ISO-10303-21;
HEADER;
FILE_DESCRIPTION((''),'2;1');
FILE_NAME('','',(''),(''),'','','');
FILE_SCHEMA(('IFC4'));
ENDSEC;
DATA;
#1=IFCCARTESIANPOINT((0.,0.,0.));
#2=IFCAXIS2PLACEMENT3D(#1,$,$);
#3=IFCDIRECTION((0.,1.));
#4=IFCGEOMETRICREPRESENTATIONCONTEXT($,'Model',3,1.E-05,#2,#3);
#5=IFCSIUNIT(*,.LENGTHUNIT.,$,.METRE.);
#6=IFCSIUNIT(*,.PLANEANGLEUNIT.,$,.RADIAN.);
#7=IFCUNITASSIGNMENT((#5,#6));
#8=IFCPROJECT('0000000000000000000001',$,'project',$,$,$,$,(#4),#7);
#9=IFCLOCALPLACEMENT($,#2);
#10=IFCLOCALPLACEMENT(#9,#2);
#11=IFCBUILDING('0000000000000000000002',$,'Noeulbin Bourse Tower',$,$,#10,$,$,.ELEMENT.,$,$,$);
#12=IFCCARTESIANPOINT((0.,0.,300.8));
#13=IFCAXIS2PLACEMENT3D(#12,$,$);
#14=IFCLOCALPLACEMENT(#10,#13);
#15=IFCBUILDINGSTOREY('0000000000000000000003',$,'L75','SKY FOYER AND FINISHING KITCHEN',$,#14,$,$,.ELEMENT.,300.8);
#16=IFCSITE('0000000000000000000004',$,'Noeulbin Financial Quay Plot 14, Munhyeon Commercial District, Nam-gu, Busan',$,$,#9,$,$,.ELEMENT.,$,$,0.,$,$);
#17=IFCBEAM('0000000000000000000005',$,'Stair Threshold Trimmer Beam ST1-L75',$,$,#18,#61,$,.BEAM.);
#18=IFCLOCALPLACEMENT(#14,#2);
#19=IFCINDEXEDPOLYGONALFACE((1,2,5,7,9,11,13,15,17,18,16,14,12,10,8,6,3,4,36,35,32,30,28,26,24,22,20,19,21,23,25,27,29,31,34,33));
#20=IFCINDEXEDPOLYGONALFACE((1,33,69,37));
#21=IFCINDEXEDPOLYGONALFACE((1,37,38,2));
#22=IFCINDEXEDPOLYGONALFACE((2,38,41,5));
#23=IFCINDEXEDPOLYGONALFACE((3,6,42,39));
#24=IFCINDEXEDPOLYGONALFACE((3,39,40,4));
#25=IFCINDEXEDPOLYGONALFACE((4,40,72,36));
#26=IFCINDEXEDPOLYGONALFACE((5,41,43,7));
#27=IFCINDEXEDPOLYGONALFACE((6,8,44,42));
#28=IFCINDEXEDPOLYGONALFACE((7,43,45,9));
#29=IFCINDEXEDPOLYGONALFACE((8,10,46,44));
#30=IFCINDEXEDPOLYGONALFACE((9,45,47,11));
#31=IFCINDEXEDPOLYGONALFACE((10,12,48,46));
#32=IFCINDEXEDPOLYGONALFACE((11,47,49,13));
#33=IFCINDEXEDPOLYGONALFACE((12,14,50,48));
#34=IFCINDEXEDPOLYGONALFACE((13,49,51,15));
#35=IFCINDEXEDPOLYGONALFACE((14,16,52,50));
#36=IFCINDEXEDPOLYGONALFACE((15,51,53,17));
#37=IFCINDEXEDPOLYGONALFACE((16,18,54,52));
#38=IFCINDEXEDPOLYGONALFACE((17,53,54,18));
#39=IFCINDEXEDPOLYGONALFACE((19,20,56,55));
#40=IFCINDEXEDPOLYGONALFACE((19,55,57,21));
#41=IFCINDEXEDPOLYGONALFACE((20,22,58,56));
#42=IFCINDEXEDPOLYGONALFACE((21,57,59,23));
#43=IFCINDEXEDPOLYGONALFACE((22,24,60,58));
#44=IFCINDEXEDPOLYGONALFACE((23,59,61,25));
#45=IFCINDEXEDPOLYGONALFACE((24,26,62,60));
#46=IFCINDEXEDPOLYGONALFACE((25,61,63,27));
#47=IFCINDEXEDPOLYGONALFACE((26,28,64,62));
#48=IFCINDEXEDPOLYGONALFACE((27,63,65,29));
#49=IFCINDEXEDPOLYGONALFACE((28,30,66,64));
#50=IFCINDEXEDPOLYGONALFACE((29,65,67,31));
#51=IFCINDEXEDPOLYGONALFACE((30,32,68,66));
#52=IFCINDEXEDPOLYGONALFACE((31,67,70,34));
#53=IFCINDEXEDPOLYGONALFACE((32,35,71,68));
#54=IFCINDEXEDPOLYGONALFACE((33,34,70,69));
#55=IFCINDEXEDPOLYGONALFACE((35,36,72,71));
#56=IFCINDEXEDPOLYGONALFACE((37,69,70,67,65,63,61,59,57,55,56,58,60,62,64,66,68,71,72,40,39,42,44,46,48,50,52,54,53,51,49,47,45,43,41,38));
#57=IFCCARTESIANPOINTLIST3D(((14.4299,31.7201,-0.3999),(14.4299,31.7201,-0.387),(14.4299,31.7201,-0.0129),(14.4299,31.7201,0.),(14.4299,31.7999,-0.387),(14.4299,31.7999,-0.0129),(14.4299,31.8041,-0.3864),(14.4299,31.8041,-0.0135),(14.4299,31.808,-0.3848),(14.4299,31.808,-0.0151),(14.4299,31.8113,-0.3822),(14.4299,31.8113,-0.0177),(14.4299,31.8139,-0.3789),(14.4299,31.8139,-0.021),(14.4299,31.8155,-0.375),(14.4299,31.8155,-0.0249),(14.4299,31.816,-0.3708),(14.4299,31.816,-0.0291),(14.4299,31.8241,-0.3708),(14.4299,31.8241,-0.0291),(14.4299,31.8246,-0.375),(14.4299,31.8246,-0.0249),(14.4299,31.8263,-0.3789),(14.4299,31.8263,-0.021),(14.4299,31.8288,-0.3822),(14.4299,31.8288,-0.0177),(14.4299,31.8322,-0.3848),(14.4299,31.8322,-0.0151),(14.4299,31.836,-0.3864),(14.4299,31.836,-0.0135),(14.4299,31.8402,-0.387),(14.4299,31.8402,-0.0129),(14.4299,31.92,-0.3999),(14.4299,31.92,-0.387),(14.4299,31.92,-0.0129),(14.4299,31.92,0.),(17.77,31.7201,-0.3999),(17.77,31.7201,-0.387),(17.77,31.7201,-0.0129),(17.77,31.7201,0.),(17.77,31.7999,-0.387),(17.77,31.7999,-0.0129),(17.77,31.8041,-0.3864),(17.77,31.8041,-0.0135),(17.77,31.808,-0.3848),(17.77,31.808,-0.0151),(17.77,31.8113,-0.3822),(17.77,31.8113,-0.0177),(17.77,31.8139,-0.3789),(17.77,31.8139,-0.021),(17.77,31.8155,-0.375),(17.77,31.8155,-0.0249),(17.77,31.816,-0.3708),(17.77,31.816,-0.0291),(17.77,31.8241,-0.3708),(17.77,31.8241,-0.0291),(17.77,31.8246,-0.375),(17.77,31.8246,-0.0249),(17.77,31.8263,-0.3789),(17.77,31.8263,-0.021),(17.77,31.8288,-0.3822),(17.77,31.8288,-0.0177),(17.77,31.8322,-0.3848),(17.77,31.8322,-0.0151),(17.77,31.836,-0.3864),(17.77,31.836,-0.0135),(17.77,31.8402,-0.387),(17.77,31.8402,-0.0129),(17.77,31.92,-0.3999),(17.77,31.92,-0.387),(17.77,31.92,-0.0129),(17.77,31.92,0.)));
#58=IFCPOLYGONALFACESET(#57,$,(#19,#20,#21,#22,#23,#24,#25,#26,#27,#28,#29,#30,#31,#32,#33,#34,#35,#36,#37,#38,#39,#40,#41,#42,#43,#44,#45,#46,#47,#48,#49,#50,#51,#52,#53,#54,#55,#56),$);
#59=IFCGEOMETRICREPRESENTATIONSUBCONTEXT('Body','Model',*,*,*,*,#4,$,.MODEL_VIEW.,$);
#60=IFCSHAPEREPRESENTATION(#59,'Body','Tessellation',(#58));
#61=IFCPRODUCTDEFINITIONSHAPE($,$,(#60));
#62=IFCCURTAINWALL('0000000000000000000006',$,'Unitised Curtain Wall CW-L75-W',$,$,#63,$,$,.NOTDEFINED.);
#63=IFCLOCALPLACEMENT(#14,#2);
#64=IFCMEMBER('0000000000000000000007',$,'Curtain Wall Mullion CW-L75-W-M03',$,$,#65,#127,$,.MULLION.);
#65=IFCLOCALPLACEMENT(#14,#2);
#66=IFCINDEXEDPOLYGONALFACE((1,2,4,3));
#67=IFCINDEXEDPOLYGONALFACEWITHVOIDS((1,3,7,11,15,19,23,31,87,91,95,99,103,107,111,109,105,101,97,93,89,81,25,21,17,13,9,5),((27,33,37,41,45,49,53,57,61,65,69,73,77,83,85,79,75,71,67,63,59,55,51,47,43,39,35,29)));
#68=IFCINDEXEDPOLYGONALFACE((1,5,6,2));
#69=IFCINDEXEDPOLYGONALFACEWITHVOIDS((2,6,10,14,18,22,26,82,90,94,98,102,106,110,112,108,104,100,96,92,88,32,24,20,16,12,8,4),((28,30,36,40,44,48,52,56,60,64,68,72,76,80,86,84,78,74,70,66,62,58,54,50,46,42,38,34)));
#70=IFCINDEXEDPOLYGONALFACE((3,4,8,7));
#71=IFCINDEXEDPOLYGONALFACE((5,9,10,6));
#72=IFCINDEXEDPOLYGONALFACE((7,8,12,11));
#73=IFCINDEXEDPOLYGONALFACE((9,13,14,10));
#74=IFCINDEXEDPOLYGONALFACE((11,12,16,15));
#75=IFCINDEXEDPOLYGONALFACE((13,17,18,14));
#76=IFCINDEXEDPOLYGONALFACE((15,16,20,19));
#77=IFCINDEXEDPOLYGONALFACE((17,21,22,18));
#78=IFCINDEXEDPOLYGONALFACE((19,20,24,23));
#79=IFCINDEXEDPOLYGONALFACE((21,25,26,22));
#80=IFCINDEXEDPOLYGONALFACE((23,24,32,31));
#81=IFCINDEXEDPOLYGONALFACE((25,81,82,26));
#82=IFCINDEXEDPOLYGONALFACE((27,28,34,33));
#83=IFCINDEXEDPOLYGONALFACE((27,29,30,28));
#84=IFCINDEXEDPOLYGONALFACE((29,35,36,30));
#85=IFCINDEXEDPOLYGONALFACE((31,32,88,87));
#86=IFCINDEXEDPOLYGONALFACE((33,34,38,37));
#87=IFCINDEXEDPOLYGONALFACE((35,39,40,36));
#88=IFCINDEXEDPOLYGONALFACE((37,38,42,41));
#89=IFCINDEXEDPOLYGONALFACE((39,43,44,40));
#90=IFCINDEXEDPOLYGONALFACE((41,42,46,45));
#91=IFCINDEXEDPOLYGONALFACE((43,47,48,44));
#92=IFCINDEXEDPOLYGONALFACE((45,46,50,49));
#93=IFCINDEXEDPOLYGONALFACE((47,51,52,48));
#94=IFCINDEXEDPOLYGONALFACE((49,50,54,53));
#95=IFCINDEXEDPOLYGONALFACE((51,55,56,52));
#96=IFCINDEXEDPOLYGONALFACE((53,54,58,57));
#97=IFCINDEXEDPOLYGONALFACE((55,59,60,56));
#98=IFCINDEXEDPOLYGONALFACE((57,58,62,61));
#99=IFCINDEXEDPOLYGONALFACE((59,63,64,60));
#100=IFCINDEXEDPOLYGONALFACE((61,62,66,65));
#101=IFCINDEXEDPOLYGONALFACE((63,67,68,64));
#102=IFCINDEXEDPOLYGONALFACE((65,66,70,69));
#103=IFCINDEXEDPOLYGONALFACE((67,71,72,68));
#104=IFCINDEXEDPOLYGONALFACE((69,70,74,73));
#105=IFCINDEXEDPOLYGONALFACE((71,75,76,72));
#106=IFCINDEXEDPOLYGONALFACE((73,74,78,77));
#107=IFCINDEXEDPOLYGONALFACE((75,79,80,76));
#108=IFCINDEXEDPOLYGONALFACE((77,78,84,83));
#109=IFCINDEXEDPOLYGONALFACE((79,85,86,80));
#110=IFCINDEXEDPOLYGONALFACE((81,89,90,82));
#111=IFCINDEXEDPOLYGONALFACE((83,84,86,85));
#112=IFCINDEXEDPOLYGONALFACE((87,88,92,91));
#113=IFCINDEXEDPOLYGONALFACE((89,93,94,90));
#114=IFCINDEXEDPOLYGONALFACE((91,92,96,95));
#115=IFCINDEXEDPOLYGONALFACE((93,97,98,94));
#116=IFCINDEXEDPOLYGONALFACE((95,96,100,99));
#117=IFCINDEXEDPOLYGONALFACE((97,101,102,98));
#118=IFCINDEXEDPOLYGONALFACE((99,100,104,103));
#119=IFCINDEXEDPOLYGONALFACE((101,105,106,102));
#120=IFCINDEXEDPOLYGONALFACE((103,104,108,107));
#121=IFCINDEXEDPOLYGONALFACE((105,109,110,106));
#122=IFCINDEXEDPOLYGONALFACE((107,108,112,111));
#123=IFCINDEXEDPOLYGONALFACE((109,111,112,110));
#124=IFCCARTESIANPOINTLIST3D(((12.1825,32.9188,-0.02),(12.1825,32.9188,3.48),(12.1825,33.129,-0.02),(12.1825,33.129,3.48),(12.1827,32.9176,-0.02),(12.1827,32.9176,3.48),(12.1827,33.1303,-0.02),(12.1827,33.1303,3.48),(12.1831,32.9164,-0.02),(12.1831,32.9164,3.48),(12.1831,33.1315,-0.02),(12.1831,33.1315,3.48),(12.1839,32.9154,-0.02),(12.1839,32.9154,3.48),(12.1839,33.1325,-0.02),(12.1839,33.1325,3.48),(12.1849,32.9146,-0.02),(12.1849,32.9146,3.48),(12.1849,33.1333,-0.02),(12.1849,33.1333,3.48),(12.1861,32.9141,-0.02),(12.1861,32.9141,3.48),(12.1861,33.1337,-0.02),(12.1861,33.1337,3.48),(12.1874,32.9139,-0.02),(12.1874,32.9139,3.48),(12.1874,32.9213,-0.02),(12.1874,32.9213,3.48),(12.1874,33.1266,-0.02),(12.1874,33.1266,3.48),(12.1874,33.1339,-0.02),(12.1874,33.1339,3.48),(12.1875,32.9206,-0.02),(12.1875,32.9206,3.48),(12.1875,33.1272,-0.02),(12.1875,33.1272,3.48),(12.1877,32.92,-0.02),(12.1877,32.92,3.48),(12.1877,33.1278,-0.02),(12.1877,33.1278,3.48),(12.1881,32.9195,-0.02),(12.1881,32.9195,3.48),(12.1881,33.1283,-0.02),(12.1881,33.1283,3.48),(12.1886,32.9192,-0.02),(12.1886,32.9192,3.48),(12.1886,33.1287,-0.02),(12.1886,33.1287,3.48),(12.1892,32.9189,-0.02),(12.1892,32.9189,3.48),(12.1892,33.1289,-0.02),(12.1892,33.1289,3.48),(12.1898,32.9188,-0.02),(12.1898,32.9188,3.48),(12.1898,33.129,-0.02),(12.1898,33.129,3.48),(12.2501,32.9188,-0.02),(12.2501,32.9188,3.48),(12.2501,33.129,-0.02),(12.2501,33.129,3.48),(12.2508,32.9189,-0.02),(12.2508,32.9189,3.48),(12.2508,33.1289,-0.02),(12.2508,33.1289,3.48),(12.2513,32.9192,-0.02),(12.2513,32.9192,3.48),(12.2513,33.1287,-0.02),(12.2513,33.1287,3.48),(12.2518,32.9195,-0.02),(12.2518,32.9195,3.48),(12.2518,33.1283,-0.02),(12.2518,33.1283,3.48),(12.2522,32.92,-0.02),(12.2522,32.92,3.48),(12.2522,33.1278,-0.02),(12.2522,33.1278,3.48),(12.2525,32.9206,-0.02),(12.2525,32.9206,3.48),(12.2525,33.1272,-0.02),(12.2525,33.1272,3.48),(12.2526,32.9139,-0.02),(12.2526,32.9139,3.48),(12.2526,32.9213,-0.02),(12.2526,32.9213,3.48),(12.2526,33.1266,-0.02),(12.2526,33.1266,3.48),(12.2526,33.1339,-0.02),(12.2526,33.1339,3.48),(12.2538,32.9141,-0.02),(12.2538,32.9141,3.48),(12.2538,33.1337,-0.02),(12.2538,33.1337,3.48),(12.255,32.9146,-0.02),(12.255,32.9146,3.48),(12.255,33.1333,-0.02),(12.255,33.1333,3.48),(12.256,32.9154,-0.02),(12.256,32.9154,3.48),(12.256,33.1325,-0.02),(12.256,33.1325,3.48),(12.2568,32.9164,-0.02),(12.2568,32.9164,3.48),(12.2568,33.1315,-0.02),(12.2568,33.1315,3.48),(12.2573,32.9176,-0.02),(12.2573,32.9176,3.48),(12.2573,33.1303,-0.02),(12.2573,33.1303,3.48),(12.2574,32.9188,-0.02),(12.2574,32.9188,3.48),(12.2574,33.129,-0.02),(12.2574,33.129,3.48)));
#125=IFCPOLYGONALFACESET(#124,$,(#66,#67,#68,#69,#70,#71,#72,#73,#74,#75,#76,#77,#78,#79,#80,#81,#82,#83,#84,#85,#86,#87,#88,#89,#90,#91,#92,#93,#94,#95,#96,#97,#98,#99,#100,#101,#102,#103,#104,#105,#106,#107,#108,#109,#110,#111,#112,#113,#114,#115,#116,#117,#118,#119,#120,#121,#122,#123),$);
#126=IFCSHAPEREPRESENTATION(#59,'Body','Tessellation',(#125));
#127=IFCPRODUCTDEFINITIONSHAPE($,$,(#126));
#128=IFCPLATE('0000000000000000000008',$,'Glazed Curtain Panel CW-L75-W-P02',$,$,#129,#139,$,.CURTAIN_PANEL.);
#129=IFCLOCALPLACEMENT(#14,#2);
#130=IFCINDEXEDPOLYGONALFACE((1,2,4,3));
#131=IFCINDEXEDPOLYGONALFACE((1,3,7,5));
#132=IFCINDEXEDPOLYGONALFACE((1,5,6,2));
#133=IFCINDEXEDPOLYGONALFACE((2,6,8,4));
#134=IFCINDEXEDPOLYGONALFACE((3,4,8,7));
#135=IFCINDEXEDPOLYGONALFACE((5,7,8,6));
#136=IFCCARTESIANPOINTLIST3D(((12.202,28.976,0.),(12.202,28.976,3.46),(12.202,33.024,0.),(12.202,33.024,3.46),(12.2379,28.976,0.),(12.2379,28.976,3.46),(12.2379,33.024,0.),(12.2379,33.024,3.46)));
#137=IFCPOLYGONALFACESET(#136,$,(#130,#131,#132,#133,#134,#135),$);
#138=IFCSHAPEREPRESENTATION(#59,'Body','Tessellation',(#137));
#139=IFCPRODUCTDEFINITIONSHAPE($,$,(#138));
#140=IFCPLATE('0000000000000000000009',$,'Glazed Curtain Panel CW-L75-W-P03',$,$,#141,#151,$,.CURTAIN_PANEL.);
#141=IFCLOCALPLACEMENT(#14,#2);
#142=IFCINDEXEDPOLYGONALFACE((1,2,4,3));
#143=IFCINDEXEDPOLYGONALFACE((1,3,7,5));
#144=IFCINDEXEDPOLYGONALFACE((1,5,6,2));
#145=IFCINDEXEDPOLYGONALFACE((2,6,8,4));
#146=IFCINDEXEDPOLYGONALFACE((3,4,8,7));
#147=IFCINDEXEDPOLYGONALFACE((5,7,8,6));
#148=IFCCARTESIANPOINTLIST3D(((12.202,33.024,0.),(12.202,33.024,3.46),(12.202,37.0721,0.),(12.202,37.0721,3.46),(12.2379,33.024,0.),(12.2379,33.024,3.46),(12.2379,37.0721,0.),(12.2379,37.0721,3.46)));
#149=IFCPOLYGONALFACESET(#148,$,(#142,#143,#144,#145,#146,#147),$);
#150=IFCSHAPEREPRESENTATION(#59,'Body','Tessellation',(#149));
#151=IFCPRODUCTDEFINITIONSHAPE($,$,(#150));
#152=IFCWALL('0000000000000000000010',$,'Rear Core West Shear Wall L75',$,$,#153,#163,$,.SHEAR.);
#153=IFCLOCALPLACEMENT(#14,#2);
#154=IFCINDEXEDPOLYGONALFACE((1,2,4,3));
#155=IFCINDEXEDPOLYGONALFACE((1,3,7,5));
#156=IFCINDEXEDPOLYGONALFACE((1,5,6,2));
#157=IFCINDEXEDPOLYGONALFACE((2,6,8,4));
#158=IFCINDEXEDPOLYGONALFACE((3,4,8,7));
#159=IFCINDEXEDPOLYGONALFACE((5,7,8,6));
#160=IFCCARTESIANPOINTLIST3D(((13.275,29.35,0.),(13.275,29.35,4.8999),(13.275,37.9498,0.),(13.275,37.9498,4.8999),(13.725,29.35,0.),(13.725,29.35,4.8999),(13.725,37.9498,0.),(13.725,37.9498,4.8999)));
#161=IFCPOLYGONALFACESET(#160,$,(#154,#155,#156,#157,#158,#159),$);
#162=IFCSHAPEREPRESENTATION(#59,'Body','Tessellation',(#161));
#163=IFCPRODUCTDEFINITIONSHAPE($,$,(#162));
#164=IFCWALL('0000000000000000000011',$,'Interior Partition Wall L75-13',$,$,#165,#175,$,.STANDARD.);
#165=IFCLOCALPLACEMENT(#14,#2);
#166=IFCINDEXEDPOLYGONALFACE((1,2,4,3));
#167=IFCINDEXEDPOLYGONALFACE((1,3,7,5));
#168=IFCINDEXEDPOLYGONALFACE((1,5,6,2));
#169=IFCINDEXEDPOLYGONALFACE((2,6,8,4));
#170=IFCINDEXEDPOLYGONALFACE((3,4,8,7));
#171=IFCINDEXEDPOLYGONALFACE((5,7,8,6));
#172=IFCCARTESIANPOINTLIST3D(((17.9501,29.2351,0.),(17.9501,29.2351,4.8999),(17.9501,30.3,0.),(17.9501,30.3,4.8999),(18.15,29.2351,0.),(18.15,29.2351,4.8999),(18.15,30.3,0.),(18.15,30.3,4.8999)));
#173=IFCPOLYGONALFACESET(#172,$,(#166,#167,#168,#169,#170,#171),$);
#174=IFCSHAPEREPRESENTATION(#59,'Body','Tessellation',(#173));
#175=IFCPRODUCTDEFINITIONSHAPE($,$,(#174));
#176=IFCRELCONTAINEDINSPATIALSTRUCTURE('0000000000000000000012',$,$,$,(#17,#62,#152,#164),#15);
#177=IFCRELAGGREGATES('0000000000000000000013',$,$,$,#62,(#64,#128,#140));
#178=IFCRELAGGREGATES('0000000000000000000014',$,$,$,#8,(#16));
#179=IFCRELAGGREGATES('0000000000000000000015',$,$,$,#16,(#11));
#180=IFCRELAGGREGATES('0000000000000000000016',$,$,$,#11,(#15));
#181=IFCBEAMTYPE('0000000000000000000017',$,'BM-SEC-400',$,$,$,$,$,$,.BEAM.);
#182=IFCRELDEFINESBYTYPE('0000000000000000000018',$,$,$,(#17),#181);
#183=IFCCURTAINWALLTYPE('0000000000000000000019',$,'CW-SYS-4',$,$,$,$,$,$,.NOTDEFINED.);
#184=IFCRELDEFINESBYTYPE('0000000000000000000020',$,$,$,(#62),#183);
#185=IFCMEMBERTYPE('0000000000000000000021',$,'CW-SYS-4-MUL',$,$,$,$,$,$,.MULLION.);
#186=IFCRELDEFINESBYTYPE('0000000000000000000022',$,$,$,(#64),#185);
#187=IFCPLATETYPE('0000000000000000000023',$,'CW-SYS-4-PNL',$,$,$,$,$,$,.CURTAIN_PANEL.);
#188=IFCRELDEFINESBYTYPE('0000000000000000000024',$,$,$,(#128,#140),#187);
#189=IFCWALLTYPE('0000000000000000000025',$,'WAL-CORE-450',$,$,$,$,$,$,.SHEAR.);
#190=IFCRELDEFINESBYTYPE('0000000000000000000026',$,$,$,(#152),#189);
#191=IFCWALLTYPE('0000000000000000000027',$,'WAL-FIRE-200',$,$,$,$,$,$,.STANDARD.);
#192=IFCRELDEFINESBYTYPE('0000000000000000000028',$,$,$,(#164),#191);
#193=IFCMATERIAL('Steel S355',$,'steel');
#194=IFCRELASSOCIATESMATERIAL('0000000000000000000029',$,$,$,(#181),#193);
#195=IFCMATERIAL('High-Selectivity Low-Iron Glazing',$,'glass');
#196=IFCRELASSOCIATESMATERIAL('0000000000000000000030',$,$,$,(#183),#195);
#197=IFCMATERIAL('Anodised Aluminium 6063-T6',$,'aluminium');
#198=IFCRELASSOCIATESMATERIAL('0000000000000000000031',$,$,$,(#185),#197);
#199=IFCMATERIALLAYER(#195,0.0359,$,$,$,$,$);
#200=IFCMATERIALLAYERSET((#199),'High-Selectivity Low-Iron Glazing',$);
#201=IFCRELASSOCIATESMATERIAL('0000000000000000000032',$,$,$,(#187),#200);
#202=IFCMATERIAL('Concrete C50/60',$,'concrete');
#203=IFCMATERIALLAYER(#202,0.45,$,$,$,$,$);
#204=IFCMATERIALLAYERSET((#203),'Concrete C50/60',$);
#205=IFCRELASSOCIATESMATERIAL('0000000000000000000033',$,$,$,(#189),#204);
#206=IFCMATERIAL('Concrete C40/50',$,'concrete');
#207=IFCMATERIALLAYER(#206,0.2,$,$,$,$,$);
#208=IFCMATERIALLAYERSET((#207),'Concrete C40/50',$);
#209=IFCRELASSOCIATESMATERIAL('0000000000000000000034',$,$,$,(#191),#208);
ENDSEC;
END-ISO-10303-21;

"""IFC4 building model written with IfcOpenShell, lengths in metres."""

from ifc_helpers import new_model, si_unit, direction, frame, frame_2d, origin, origin_2d, place, context, subcontext, project, spatial, rectangle, hollow_rectangle, i_section, extrude, material, layer, layer_set, material_profile, profile_set, type_object, element, aggregate, save


model = new_model("IFC4")

# Units and contexts
model_context = context("Model", 3, precision=1e-05, world=origin(), true_north=direction((0.0, 1.0)))
body_context = subcontext(model_context, "Body", "Model", "MODEL_VIEW")
ifc_project = project(units=[si_unit("LENGTHUNIT", "METRE"), si_unit("PLANEANGLEUNIT", "RADIAN")], contexts=[model_context])

# Site, building, storey
site_placement = place(None, origin())
site = spatial("IfcSite", under=ifc_project, at=site_placement, Name="Noeulbin Financial Quay Plot 14, Munhyeon Commercial District, Nam-gu, Busan", CompositionType="ELEMENT", RefElevation=0.0)
building_placement = place(site_placement, origin())
building = spatial("IfcBuilding", under=site, at=building_placement, Name="Noeulbin Bourse Tower", CompositionType="ELEMENT")
storey_placement = place(building_placement, frame((0.0, 0.0, 300.8)))
storey = spatial("IfcBuildingStorey", under=building, at=storey_placement, Name="L75", Description="SKY FOYER AND FINISHING KITCHEN", CompositionType="ELEMENT", Elevation=300.8)

# Beam
ifc_material_1 = material(Name="Steel S355", Category="steel")
ifc_material_profile_1 = material_profile(ifc_material_1, i_section(OverallWidth=0.2, OverallDepth=0.3999, WebThickness=0.0081, FlangeThickness=0.0129, FilletRadius=0.0161, at=origin_2d()), Name="H-400x200x8x13", Category="LoadBearing")
ifc_profile_set_1 = profile_set([ifc_material_profile_1], Name="Steel S355")
beam_type = type_object("IfcBeamType", Name="BM-SEC-400", PredefinedType="BEAM", material=ifc_profile_set_1)
beam_placement = place(storey_placement, frame((14.4299, 31.8201, -0.2), z_axis=(1.0, 0.0, 0.0), x_axis=(0.0, 1.0, 0.0)))
element("IfcBeam", 1, at=beam_placement, inside=storey, type_object=beam_type, Name="Stair Threshold Trimmer Beam ST1-L75", PredefinedType="BEAM", context=body_context, shape_type="SweptSolid", body=[
    extrude(i_section(OverallWidth=0.2, OverallDepth=0.3999, WebThickness=0.0081, FlangeThickness=0.0129, FilletRadius=0.0161, at=origin_2d()), origin(), (0.0, 0.0, 1.0), 3.3401),
])

# Curtain wall, member, plates
ifc_material_2 = material(Name="High-Selectivity Low-Iron Glazing", Category="glass")
curtain_wall_type = type_object("IfcCurtainWallType", Name="CW-SYS-4", PredefinedType="NOTDEFINED", material=ifc_material_2)
curtain_wall_placement = place(storey_placement, origin())
curtain_wall = element("IfcCurtainWall", 2, at=curtain_wall_placement, inside=storey, type_object=curtain_wall_type, Name="Unitised Curtain Wall CW-L75-W", PredefinedType="NOTDEFINED")
ifc_material_3 = material(Name="Anodised Aluminium 6063-T6", Category="aluminium")
ifc_material_profile_2 = material_profile(ifc_material_3, hollow_rectangle(XDim=0.075, YDim=0.22, WallThickness=0.0049, InnerFilletRadius=0.0024, OuterFilletRadius=0.0049, at=origin_2d()), Name="ALU-MULL-75x220x5", Category="LoadBearing")
ifc_profile_set_2 = profile_set([ifc_material_profile_2], Name="Anodised Aluminium 6063-T6")
member_type = type_object("IfcMemberType", Name="CW-SYS-4-MUL", PredefinedType="MULLION", material=ifc_profile_set_2)
member_placement = place(storey_placement, frame((12.22, 33.0239, -0.02), z_axis=(0.0, 0.0, 1.0), x_axis=(1.0, 0.0, 0.0)))
member = element("IfcMember", 3, at=member_placement, type_object=member_type, Name="Curtain Wall Mullion CW-L75-W-M03", PredefinedType="MULLION", context=body_context, shape_type="SweptSolid", body=[
    extrude(hollow_rectangle(XDim=0.075, YDim=0.22, WallThickness=0.0049, InnerFilletRadius=0.0024, OuterFilletRadius=0.0049, at=origin_2d()), origin(), (0.0, 0.0, 1.0), 3.5),
])
ifc_layer_1 = layer(ifc_material_2, 0.0359)
ifc_layer_set_1 = layer_set([ifc_layer_1], Name="High-Selectivity Low-Iron Glazing")
plate_type = type_object("IfcPlateType", Name="CW-SYS-4-PNL", PredefinedType="CURTAIN_PANEL", material=ifc_layer_set_1)
plate_1_placement = place(storey_placement, frame((12.22, 31.0, 0.0), z_axis=(0.0, 0.0, 1.0), x_axis=(0.0, 1.0, 0.0)))
plate_1 = element("IfcPlate", 4, at=plate_1_placement, type_object=plate_type, Name="Glazed Curtain Panel CW-L75-W-P02", PredefinedType="CURTAIN_PANEL", context=body_context, shape_type="SweptSolid", body=[
    extrude(rectangle(XDim=4.0481, YDim=0.0359, at=origin_2d()), origin(), (0.0, 0.0, 1.0), 3.46),
])
plate_2_placement = place(storey_placement, frame((12.22, 35.0481, 0.0), z_axis=(0.0, 0.0, 1.0), x_axis=(0.0, 1.0, 0.0)))
plate_2 = element("IfcPlate", 5, at=plate_2_placement, type_object=plate_type, Name="Glazed Curtain Panel CW-L75-W-P03", PredefinedType="CURTAIN_PANEL", context=body_context, shape_type="SweptSolid", body=[
    extrude(rectangle(XDim=4.0481, YDim=0.0359, at=origin_2d()), origin(), (0.0, 0.0, 1.0), 3.46),
])
aggregate(curtain_wall, [member, plate_1, plate_2])

# Walls
ifc_material_4 = material(Name="Concrete C50/60", Category="concrete")
ifc_layer_2 = layer(ifc_material_4, 0.45)
ifc_layer_set_2 = layer_set([ifc_layer_2], Name="Concrete C50/60")
wall_type_1 = type_object("IfcWallType", Name="WAL-CORE-450", PredefinedType="SHEAR", material=ifc_layer_set_2)
wall_1_placement = place(storey_placement, frame((13.5, 29.3501, 0.0), z_axis=(0.0, 0.0, 1.0), x_axis=(0.0, 1.0, 0.0)))
element("IfcWall", 6, at=wall_1_placement, inside=storey, type_object=wall_type_1, Name="Rear Core West Shear Wall L75", PredefinedType="SHEAR", context=body_context, shape_type="SweptSolid", body=[
    extrude(rectangle(XDim=8.5999, YDim=0.45, at=frame_2d((4.2998, 0.0))), origin(), (0.0, 0.0, 1.0), 4.8999),
])
ifc_material_5 = material(Name="Concrete C40/50", Category="concrete")
ifc_layer_3 = layer(ifc_material_5, 0.2)
ifc_layer_set_3 = layer_set([ifc_layer_3], Name="Concrete C40/50")
wall_type_2 = type_object("IfcWallType", Name="WAL-FIRE-200", PredefinedType="STANDARD", material=ifc_layer_set_3)
wall_2_placement = place(storey_placement, frame((18.05, 29.2351, 0.0), z_axis=(0.0, 0.0, 1.0), x_axis=(0.0, 1.0, 0.0)))
element("IfcWall", 7, at=wall_2_placement, inside=storey, type_object=wall_type_2, Name="Interior Partition Wall L75-13", PredefinedType="STANDARD", context=body_context, shape_type="SweptSolid", body=[
    extrude(rectangle(XDim=1.0649, YDim=0.2, at=frame_2d((0.5325, 0.0))), origin(), (0.0, 0.0, 1.0), 4.8999),
])

save(model, "model.ifc")
